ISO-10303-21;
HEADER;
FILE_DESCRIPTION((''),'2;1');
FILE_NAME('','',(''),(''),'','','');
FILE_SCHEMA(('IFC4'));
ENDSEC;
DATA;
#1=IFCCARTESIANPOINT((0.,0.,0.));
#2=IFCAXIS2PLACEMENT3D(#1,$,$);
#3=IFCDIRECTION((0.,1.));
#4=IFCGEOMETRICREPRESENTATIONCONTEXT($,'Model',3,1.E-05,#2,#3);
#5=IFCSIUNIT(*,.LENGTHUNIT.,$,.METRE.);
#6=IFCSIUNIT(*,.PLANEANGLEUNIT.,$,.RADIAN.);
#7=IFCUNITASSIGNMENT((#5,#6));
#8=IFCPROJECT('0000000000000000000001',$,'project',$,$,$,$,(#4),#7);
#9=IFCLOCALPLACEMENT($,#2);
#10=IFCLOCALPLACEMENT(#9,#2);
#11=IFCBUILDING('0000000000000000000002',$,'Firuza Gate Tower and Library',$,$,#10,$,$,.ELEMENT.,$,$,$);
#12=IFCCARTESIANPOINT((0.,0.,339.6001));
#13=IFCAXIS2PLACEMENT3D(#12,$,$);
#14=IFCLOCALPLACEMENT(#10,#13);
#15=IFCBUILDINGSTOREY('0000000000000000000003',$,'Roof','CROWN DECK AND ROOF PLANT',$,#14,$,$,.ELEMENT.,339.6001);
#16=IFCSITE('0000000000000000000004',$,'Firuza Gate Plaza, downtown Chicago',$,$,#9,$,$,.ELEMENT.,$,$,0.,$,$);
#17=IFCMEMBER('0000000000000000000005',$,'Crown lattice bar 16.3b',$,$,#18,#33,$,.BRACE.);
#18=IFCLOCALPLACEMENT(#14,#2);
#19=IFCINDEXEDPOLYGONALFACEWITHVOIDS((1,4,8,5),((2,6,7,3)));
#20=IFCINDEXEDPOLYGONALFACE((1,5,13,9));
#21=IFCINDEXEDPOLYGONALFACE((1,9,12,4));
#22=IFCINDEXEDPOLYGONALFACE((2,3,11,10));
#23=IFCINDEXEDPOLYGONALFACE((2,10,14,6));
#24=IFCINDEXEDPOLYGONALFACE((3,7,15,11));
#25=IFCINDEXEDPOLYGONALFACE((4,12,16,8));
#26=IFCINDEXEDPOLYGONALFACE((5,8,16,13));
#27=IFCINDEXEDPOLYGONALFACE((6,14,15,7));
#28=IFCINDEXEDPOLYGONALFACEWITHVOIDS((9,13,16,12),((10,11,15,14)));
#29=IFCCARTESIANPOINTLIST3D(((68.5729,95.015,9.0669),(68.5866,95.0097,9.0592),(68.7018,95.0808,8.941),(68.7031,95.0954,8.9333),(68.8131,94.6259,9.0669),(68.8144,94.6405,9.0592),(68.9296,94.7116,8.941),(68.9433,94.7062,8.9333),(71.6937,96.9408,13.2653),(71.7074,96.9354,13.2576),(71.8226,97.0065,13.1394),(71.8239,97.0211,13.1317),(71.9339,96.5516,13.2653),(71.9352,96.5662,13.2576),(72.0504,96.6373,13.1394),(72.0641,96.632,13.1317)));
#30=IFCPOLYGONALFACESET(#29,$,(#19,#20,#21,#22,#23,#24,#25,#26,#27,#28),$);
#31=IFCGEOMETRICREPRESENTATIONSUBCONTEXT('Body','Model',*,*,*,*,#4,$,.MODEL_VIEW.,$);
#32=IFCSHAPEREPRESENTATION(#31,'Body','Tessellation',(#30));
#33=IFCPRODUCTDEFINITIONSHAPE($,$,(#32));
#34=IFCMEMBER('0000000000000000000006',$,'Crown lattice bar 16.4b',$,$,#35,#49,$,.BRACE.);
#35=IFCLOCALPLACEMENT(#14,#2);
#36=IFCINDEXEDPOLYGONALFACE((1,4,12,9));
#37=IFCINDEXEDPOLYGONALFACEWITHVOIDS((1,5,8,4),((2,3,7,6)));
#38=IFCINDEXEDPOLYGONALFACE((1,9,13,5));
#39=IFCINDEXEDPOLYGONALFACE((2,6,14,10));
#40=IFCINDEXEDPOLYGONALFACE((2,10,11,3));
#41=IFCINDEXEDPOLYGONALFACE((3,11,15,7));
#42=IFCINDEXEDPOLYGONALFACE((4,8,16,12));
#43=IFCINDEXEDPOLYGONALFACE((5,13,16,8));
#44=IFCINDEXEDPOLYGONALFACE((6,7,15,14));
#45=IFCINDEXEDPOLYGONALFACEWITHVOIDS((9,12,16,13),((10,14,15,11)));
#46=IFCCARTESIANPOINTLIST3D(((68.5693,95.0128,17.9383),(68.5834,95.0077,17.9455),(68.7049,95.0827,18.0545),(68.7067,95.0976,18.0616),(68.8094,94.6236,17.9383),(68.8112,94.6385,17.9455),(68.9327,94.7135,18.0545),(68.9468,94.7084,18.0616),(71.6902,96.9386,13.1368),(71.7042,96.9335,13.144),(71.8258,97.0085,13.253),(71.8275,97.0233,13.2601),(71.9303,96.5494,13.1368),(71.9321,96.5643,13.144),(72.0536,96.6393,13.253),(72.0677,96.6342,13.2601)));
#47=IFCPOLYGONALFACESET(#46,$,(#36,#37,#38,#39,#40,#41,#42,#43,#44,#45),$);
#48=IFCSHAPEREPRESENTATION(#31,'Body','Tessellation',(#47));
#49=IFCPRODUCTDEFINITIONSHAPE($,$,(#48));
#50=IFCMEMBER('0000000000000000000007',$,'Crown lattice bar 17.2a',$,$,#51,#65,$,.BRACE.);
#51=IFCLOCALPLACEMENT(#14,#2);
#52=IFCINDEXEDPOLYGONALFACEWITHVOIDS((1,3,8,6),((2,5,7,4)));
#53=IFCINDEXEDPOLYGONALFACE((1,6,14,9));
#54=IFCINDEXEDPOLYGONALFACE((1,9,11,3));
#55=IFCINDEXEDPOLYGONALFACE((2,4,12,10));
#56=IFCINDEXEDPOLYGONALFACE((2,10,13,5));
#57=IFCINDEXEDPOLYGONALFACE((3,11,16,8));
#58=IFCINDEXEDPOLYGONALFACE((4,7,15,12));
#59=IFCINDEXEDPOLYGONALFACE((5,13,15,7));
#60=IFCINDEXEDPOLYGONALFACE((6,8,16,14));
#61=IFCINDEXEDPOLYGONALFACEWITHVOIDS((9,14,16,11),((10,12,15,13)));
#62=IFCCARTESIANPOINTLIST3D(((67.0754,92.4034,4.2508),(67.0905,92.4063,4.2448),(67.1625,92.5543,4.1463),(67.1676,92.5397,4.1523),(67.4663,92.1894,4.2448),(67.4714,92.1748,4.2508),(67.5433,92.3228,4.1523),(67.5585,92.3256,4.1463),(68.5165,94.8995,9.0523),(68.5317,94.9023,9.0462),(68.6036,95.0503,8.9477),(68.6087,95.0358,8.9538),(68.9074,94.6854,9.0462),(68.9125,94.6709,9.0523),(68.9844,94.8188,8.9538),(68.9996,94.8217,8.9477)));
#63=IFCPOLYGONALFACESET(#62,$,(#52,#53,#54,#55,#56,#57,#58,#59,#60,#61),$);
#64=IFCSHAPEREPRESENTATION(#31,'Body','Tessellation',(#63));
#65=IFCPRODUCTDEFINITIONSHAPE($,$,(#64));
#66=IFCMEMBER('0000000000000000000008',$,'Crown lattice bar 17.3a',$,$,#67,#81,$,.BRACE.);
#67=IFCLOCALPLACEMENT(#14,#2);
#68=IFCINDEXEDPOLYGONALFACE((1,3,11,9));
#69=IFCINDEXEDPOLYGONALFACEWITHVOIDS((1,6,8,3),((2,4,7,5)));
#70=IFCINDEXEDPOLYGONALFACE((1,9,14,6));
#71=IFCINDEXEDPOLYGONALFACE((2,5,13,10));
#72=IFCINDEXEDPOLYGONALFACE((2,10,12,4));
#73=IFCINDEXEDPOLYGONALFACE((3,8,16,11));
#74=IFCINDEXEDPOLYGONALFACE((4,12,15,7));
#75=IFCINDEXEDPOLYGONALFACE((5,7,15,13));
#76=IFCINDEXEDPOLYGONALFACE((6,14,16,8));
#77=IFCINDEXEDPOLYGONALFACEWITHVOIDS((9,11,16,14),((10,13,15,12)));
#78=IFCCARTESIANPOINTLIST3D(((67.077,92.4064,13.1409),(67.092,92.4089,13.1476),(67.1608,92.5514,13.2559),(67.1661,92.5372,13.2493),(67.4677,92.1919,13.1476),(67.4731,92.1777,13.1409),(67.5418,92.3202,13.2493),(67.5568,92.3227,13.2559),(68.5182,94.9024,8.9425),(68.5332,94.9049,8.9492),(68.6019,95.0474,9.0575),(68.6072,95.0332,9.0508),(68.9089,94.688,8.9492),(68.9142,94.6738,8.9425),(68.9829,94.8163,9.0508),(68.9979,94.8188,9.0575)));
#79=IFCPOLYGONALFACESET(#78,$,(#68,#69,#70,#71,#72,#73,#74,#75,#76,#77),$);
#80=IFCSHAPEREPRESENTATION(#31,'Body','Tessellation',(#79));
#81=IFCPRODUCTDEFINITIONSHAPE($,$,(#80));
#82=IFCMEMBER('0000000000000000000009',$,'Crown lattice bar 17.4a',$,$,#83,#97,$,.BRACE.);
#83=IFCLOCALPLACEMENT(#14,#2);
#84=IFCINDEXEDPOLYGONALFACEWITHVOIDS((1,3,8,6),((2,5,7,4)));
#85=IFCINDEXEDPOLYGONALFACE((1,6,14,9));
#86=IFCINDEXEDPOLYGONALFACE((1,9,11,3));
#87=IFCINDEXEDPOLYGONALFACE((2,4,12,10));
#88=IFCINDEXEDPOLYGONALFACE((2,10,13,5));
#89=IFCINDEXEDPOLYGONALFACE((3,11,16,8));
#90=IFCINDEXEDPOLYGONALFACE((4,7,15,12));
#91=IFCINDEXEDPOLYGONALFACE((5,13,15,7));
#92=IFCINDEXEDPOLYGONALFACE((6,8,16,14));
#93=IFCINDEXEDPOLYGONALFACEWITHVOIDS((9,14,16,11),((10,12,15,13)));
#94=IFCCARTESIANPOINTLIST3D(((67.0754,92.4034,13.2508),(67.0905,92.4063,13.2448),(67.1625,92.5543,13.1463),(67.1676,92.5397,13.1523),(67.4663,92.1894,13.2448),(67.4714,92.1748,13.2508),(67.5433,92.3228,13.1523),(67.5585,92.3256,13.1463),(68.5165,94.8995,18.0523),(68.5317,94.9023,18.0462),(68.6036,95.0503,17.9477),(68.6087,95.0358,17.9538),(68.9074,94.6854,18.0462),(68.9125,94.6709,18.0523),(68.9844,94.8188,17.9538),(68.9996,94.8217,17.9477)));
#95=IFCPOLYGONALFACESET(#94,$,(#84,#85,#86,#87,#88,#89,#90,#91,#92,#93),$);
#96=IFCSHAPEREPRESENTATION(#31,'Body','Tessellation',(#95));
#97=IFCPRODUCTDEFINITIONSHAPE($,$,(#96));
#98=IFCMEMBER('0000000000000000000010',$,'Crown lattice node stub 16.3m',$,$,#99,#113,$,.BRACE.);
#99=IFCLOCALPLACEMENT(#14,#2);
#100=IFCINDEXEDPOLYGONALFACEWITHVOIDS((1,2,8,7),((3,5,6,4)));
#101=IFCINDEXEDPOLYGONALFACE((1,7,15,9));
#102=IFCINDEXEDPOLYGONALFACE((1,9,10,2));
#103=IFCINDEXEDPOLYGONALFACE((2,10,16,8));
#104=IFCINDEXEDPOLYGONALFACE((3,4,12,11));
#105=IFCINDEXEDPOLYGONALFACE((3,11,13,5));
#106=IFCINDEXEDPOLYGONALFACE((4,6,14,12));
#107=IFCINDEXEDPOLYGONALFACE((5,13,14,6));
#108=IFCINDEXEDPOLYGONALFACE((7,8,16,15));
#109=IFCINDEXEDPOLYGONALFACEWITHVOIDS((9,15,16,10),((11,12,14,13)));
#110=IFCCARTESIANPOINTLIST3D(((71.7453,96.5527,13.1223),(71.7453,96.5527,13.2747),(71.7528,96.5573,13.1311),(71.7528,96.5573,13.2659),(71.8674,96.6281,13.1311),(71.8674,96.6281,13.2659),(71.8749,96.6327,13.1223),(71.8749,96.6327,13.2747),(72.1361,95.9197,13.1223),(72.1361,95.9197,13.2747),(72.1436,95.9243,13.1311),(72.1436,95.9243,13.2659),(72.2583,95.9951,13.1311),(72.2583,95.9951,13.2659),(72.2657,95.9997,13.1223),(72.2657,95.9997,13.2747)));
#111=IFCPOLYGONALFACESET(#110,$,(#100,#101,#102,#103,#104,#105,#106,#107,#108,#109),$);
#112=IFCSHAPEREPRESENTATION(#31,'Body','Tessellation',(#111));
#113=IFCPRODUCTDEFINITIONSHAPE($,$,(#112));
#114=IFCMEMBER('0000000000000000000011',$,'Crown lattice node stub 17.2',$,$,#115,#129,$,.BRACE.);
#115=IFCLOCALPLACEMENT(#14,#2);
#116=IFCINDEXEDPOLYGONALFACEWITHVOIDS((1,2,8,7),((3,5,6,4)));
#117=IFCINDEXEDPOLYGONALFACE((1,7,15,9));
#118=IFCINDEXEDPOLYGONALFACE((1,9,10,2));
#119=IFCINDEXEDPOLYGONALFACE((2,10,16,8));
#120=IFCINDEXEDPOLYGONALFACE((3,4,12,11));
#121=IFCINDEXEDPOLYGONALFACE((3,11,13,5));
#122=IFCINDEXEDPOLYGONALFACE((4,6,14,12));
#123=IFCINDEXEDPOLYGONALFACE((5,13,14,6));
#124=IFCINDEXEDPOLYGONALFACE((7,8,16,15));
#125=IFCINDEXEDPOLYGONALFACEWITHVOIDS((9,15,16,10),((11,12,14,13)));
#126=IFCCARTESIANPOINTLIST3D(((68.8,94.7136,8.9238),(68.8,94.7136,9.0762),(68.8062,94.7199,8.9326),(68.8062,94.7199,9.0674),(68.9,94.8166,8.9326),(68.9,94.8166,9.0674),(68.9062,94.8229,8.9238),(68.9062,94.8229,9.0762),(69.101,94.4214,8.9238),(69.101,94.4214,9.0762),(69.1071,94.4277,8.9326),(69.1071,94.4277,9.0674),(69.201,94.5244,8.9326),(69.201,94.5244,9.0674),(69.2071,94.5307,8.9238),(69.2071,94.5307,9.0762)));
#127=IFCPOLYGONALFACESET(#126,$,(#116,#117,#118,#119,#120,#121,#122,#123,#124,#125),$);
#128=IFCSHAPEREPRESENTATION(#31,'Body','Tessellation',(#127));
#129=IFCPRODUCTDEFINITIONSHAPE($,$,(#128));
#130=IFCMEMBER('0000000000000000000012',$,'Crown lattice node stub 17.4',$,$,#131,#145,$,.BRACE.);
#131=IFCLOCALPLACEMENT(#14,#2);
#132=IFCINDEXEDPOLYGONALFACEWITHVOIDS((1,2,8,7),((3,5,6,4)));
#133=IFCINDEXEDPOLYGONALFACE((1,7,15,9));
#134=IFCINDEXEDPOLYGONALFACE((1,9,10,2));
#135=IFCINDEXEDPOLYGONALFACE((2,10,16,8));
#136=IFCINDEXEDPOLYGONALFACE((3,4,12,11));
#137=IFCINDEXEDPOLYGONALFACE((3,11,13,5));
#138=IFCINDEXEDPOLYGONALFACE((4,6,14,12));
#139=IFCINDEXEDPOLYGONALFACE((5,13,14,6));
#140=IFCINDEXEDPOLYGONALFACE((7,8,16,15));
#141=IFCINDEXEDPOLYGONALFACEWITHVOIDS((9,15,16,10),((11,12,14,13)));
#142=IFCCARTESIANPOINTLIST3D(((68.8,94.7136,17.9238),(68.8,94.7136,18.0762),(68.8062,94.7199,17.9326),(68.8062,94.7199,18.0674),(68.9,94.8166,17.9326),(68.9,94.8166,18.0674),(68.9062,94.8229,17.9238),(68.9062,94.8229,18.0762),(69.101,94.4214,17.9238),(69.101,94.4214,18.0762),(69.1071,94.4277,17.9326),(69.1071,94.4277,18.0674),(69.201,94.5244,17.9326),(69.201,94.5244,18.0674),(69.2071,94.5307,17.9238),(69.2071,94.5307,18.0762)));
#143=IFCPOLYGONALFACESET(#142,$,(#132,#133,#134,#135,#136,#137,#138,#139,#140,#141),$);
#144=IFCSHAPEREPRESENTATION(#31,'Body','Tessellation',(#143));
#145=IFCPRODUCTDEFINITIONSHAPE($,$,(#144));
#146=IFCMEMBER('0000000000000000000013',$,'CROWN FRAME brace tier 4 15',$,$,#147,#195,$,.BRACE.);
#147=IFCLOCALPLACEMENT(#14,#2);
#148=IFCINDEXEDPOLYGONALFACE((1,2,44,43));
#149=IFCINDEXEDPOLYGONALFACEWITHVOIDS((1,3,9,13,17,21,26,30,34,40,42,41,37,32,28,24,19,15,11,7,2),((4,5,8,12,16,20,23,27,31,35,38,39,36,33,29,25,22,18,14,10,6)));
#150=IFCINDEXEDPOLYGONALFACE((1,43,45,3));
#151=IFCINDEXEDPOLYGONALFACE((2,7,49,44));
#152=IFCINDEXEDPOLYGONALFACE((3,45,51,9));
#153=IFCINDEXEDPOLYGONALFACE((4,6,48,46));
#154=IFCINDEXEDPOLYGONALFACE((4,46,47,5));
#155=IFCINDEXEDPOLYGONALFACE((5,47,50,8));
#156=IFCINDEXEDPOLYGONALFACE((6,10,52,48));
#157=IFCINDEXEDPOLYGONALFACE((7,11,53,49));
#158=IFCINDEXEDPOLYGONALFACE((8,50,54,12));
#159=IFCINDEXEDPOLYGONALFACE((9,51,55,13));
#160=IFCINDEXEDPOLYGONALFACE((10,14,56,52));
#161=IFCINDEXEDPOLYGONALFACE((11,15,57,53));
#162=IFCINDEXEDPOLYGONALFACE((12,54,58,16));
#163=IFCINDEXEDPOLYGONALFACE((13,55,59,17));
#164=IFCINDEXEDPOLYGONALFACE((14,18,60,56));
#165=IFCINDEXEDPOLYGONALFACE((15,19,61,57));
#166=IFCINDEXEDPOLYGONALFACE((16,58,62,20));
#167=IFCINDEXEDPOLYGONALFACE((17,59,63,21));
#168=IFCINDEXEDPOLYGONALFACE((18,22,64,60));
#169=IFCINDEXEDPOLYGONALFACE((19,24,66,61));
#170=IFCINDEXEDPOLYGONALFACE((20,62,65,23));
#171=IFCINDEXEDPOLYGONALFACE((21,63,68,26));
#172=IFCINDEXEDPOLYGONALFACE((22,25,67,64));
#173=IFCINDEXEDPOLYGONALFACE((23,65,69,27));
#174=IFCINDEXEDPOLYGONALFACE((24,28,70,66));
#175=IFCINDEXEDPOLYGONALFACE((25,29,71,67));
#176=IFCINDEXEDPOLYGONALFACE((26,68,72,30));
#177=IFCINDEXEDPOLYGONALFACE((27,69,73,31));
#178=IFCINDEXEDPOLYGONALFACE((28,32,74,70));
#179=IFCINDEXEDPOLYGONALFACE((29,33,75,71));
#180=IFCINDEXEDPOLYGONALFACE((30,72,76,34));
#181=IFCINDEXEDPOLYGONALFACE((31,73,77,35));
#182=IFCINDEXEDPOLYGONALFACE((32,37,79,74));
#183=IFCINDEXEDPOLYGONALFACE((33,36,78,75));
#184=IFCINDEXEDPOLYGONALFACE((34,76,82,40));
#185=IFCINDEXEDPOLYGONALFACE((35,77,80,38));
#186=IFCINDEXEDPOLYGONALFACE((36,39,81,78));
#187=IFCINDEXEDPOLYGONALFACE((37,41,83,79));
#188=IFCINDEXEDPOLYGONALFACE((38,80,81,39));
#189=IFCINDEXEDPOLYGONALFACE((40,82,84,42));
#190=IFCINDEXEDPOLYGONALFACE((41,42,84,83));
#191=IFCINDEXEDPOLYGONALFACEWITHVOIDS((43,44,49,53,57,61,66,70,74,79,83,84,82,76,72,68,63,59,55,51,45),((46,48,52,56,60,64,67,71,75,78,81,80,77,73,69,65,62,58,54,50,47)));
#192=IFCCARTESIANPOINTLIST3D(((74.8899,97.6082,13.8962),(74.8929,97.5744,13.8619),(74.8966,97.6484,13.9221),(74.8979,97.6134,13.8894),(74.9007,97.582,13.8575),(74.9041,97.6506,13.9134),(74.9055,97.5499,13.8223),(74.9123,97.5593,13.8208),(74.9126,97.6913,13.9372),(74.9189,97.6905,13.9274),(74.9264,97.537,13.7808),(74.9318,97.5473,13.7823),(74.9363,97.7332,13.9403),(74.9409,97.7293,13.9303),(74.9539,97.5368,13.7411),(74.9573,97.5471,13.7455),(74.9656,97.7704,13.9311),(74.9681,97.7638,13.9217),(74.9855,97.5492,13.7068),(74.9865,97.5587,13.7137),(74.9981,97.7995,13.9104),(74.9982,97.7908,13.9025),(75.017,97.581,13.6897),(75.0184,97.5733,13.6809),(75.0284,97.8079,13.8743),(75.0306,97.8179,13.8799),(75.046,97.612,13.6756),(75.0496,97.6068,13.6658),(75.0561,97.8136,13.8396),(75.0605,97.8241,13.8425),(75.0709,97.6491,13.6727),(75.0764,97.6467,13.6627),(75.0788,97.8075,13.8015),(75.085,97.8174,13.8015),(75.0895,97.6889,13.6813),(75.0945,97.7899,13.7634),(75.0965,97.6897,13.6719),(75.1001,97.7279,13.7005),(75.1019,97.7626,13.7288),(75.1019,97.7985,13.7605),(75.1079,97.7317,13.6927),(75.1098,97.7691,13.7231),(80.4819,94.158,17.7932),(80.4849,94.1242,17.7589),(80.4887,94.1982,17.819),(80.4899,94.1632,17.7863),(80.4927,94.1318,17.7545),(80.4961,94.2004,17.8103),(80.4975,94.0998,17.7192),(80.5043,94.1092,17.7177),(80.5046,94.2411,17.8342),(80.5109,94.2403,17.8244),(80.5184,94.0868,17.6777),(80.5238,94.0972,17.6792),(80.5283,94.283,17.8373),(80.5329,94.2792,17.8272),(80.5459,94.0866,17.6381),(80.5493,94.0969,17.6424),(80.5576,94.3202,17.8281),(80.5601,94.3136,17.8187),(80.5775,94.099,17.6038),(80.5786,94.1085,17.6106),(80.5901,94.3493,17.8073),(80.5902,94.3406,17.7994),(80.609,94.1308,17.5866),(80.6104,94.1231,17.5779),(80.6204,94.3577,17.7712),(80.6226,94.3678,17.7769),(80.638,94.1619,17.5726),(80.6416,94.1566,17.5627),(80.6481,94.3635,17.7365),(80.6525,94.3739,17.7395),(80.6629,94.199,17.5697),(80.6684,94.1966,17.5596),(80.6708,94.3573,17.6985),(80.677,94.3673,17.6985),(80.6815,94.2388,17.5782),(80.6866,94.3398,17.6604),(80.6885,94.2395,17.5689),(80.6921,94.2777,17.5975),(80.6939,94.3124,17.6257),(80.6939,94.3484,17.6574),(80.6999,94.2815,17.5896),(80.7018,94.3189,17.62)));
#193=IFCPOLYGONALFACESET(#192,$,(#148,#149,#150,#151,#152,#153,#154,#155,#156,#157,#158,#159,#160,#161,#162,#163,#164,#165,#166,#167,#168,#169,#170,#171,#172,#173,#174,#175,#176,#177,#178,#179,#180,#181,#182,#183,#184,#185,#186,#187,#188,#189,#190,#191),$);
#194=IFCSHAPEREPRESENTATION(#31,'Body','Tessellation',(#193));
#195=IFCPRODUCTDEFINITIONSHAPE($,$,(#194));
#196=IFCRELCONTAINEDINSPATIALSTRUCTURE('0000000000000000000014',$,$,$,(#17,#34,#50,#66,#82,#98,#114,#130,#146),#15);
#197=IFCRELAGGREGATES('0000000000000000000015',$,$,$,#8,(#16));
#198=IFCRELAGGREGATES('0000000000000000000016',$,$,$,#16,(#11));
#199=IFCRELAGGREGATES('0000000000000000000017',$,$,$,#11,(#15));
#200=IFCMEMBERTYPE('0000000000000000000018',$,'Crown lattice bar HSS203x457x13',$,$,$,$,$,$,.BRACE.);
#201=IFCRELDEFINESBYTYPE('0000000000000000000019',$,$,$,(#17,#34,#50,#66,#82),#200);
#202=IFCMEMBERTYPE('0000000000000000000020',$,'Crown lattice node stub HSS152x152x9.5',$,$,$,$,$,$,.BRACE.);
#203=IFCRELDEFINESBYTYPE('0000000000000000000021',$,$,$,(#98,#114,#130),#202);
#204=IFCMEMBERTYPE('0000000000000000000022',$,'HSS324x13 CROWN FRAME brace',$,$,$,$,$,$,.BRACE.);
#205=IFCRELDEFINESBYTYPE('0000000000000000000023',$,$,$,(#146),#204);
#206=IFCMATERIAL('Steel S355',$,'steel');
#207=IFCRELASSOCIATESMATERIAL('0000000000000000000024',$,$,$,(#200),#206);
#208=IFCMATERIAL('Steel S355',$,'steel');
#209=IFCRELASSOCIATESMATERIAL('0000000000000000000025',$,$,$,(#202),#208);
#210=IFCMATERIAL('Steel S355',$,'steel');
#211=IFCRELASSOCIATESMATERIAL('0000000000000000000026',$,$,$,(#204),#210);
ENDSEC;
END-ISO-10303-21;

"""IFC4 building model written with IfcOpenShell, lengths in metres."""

from ifc_helpers import new_model, si_unit, direction, frame, origin, origin_2d, place, context, subcontext, project, spatial, hollow_rectangle, hollow_circle, extrude, material, material_profile, profile_set, type_object, element, save


model = new_model("IFC4")

# Units and contexts
model_context = context("Model", 3, precision=1e-05, world=origin(), true_north=direction((0.0, 1.0)))
body_context = subcontext(model_context, "Body", "Model", "MODEL_VIEW")
ifc_project = project(units=[si_unit("LENGTHUNIT", "METRE"), si_unit("PLANEANGLEUNIT", "RADIAN")], contexts=[model_context])

# Site, building, storey
site_placement = place(None, origin())
site = spatial("IfcSite", under=ifc_project, at=site_placement, Name="Firuza Gate Plaza, downtown Chicago", CompositionType="ELEMENT", RefElevation=0.0)
building_placement = place(site_placement, origin())
building = spatial("IfcBuilding", under=site, at=building_placement, Name="Firuza Gate Tower and Library", CompositionType="ELEMENT")
storey_placement = place(building_placement, frame((0.0, 0.0, 339.6001)))
storey = spatial("IfcBuildingStorey", under=building, at=storey_placement, Name="Roof", Description="CROWN DECK AND ROOF PLANT", CompositionType="ELEMENT", Elevation=339.6001)

# Members
ifc_material_1 = material(Name="Steel S355", Category="steel")
ifc_material_profile_1 = material_profile(ifc_material_1, hollow_rectangle(XDim=0.4573, YDim=0.2031, WallThickness=0.0117, at=origin_2d()))
ifc_profile_set_1 = profile_set([ifc_material_profile_1], Name="Steel S355")
member_type_1 = type_object("IfcMemberType", Name="Crown lattice bar HSS203x457x13", PredefinedType="BRACE", material=ifc_profile_set_1)
member_1_placement = place(storey_placement, frame((71.8789, 96.7864, 13.1985), z_axis=(-0.559839, -0.345459, -0.753152), x_axis=(0.525137, -0.851018, 0.0)))
element("IfcMember", 1, at=member_1_placement, inside=storey, type_object=member_type_1, Name="Crown lattice bar 16.3b", PredefinedType="BRACE", context=body_context, shape_type="SweptSolid", body=[
    extrude(hollow_rectangle(XDim=0.4573, YDim=0.2031, WallThickness=0.0117, at=origin_2d()), origin(), (0.0, 0.0, 1.0), 5.5745),
])
member_2_placement = place(storey_placement, frame((71.8789, 96.7864, 13.1985), z_axis=(-0.516546, -0.318745, 0.794721), x_axis=(0.525137, -0.851018, 0.0)))
element("IfcMember", 2, at=member_2_placement, inside=storey, type_object=member_type_1, Name="Crown lattice bar 16.4b", PredefinedType="BRACE", context=body_context, shape_type="SweptSolid", body=[
    extrude(hollow_rectangle(XDim=0.4573, YDim=0.2031, WallThickness=0.0117, at=origin_2d()), origin(), (0.0, 0.0, 1.0), 6.0417),
])
member_3_placement = place(storey_placement, frame((68.7581, 94.8606, 9.0), z_axis=(-0.257342, -0.445717, -0.857386), x_axis=(0.866019, -0.500011, 0.0)))
element("IfcMember", 3, at=member_3_placement, inside=storey, type_object=member_type_1, Name="Crown lattice bar 17.2a", PredefinedType="BRACE", context=body_context, shape_type="SweptSolid", body=[
    extrude(hollow_rectangle(XDim=0.4573, YDim=0.2031, WallThickness=0.0117, at=origin_2d()), origin(), (0.0, 0.0, 1.0), 5.6001),
])
member_4_placement = place(storey_placement, frame((68.7581, 94.8606, 9.0), z_axis=(-0.282991, -0.49014, 0.824427), x_axis=(0.866019, -0.500011, 0.0)))
element("IfcMember", 4, at=member_4_placement, inside=storey, type_object=member_type_1, Name="Crown lattice bar 17.3a", PredefinedType="BRACE", context=body_context, shape_type="SweptSolid", body=[
    extrude(hollow_rectangle(XDim=0.4573, YDim=0.2031, WallThickness=0.0117, at=origin_2d()), origin(), (0.0, 0.0, 1.0), 5.0925),
])
member_5_placement = place(storey_placement, frame((68.7581, 94.8606, 18.0), z_axis=(-0.257342, -0.445717, -0.857386), x_axis=(0.866019, -0.500011, 0.0)))
element("IfcMember", 5, at=member_5_placement, inside=storey, type_object=member_type_1, Name="Crown lattice bar 17.4a", PredefinedType="BRACE", context=body_context, shape_type="SweptSolid", body=[
    extrude(hollow_rectangle(XDim=0.4573, YDim=0.2031, WallThickness=0.0117, at=origin_2d()), origin(), (0.0, 0.0, 1.0), 5.6001),
])
ifc_material_2 = material(Name="Steel S355", Category="steel")
ifc_material_profile_2 = material_profile(ifc_material_2, hollow_rectangle(XDim=0.1523, YDim=0.1523, WallThickness=0.0088, at=origin_2d()))
ifc_profile_set_2 = profile_set([ifc_material_profile_2], Name="Steel S355")
member_type_2 = type_object("IfcMemberType", Name="Crown lattice node stub HSS152x152x9.5", PredefinedType="BRACE", material=ifc_profile_set_2)
member_6_placement = place(storey_placement, frame((72.2009, 95.9597, 13.1985), z_axis=(-0.52536, 0.85088, 0.0), x_axis=(-0.85088, -0.52536, 0.0)))
element("IfcMember", 6, at=member_6_placement, inside=storey, type_object=member_type_2, Name="Crown lattice node stub 16.3m", PredefinedType="BRACE", context=body_context, shape_type="SweptSolid", body=[
    extrude(hollow_rectangle(XDim=0.1523, YDim=0.1523, WallThickness=0.0088, at=origin_2d()), origin(), (0.0, 0.0, 1.0), 0.7439),
])
for number, where, z_axis, x_axis, name in (
    (7, (69.1541, 94.4761, 9.0), (-0.717504, 0.696555, 0.0), (-0.696555, -0.717504, 0.0), "Crown lattice node stub 17.2"),
    (8, (69.1541, 94.4761, 18.0), (-0.717504, 0.696555, 0.0), (-0.696555, -0.717504, 0.0), "Crown lattice node stub 17.4"),
):
    element("IfcMember", number, at=place(storey_placement, frame(where, z_axis=z_axis, x_axis=x_axis)), inside=storey, type_object=member_type_2, Name=name, PredefinedType="BRACE", context=body_context, shape_type="SweptSolid", body=[
        extrude(hollow_rectangle(XDim=0.1523, YDim=0.1523, WallThickness=0.0088, at=origin_2d()), origin(), (0.0, 0.0, 1.0), 0.4194),
    ])
ifc_material_3 = material(Name="Steel S355", Category="steel")
ifc_material_profile_3 = material_profile(ifc_material_3, hollow_circle(Radius=0.1619, WallThickness=0.0117, at=origin_2d()))
ifc_profile_set_3 = profile_set([ifc_material_profile_3], Name="Steel S355")
member_type_3 = type_object("IfcMemberType", Name="HSS324x13 CROWN FRAME brace", PredefinedType="BRACE", material=ifc_profile_set_3)
for number, where, z_axis, x_axis, name in (
    (9, (75.0, 97.6797, 13.8015), (0.731995, -0.451629, 0.510112), (0.525084, 0.85105, 0.0), "CROWN FRAME brace tier 4 15"),
):
    element("IfcMember", number, at=place(storey_placement, frame(where, z_axis=z_axis, x_axis=x_axis)), inside=storey, type_object=member_type_3, Name=name, PredefinedType="BRACE", context=body_context, shape_type="SweptSolid", body=[
        extrude(hollow_circle(Radius=0.1619, WallThickness=0.0117, at=origin_2d()), origin(), (0.0, 0.0, 1.0), 7.6394),
    ])

save(model, "model.ifc")
